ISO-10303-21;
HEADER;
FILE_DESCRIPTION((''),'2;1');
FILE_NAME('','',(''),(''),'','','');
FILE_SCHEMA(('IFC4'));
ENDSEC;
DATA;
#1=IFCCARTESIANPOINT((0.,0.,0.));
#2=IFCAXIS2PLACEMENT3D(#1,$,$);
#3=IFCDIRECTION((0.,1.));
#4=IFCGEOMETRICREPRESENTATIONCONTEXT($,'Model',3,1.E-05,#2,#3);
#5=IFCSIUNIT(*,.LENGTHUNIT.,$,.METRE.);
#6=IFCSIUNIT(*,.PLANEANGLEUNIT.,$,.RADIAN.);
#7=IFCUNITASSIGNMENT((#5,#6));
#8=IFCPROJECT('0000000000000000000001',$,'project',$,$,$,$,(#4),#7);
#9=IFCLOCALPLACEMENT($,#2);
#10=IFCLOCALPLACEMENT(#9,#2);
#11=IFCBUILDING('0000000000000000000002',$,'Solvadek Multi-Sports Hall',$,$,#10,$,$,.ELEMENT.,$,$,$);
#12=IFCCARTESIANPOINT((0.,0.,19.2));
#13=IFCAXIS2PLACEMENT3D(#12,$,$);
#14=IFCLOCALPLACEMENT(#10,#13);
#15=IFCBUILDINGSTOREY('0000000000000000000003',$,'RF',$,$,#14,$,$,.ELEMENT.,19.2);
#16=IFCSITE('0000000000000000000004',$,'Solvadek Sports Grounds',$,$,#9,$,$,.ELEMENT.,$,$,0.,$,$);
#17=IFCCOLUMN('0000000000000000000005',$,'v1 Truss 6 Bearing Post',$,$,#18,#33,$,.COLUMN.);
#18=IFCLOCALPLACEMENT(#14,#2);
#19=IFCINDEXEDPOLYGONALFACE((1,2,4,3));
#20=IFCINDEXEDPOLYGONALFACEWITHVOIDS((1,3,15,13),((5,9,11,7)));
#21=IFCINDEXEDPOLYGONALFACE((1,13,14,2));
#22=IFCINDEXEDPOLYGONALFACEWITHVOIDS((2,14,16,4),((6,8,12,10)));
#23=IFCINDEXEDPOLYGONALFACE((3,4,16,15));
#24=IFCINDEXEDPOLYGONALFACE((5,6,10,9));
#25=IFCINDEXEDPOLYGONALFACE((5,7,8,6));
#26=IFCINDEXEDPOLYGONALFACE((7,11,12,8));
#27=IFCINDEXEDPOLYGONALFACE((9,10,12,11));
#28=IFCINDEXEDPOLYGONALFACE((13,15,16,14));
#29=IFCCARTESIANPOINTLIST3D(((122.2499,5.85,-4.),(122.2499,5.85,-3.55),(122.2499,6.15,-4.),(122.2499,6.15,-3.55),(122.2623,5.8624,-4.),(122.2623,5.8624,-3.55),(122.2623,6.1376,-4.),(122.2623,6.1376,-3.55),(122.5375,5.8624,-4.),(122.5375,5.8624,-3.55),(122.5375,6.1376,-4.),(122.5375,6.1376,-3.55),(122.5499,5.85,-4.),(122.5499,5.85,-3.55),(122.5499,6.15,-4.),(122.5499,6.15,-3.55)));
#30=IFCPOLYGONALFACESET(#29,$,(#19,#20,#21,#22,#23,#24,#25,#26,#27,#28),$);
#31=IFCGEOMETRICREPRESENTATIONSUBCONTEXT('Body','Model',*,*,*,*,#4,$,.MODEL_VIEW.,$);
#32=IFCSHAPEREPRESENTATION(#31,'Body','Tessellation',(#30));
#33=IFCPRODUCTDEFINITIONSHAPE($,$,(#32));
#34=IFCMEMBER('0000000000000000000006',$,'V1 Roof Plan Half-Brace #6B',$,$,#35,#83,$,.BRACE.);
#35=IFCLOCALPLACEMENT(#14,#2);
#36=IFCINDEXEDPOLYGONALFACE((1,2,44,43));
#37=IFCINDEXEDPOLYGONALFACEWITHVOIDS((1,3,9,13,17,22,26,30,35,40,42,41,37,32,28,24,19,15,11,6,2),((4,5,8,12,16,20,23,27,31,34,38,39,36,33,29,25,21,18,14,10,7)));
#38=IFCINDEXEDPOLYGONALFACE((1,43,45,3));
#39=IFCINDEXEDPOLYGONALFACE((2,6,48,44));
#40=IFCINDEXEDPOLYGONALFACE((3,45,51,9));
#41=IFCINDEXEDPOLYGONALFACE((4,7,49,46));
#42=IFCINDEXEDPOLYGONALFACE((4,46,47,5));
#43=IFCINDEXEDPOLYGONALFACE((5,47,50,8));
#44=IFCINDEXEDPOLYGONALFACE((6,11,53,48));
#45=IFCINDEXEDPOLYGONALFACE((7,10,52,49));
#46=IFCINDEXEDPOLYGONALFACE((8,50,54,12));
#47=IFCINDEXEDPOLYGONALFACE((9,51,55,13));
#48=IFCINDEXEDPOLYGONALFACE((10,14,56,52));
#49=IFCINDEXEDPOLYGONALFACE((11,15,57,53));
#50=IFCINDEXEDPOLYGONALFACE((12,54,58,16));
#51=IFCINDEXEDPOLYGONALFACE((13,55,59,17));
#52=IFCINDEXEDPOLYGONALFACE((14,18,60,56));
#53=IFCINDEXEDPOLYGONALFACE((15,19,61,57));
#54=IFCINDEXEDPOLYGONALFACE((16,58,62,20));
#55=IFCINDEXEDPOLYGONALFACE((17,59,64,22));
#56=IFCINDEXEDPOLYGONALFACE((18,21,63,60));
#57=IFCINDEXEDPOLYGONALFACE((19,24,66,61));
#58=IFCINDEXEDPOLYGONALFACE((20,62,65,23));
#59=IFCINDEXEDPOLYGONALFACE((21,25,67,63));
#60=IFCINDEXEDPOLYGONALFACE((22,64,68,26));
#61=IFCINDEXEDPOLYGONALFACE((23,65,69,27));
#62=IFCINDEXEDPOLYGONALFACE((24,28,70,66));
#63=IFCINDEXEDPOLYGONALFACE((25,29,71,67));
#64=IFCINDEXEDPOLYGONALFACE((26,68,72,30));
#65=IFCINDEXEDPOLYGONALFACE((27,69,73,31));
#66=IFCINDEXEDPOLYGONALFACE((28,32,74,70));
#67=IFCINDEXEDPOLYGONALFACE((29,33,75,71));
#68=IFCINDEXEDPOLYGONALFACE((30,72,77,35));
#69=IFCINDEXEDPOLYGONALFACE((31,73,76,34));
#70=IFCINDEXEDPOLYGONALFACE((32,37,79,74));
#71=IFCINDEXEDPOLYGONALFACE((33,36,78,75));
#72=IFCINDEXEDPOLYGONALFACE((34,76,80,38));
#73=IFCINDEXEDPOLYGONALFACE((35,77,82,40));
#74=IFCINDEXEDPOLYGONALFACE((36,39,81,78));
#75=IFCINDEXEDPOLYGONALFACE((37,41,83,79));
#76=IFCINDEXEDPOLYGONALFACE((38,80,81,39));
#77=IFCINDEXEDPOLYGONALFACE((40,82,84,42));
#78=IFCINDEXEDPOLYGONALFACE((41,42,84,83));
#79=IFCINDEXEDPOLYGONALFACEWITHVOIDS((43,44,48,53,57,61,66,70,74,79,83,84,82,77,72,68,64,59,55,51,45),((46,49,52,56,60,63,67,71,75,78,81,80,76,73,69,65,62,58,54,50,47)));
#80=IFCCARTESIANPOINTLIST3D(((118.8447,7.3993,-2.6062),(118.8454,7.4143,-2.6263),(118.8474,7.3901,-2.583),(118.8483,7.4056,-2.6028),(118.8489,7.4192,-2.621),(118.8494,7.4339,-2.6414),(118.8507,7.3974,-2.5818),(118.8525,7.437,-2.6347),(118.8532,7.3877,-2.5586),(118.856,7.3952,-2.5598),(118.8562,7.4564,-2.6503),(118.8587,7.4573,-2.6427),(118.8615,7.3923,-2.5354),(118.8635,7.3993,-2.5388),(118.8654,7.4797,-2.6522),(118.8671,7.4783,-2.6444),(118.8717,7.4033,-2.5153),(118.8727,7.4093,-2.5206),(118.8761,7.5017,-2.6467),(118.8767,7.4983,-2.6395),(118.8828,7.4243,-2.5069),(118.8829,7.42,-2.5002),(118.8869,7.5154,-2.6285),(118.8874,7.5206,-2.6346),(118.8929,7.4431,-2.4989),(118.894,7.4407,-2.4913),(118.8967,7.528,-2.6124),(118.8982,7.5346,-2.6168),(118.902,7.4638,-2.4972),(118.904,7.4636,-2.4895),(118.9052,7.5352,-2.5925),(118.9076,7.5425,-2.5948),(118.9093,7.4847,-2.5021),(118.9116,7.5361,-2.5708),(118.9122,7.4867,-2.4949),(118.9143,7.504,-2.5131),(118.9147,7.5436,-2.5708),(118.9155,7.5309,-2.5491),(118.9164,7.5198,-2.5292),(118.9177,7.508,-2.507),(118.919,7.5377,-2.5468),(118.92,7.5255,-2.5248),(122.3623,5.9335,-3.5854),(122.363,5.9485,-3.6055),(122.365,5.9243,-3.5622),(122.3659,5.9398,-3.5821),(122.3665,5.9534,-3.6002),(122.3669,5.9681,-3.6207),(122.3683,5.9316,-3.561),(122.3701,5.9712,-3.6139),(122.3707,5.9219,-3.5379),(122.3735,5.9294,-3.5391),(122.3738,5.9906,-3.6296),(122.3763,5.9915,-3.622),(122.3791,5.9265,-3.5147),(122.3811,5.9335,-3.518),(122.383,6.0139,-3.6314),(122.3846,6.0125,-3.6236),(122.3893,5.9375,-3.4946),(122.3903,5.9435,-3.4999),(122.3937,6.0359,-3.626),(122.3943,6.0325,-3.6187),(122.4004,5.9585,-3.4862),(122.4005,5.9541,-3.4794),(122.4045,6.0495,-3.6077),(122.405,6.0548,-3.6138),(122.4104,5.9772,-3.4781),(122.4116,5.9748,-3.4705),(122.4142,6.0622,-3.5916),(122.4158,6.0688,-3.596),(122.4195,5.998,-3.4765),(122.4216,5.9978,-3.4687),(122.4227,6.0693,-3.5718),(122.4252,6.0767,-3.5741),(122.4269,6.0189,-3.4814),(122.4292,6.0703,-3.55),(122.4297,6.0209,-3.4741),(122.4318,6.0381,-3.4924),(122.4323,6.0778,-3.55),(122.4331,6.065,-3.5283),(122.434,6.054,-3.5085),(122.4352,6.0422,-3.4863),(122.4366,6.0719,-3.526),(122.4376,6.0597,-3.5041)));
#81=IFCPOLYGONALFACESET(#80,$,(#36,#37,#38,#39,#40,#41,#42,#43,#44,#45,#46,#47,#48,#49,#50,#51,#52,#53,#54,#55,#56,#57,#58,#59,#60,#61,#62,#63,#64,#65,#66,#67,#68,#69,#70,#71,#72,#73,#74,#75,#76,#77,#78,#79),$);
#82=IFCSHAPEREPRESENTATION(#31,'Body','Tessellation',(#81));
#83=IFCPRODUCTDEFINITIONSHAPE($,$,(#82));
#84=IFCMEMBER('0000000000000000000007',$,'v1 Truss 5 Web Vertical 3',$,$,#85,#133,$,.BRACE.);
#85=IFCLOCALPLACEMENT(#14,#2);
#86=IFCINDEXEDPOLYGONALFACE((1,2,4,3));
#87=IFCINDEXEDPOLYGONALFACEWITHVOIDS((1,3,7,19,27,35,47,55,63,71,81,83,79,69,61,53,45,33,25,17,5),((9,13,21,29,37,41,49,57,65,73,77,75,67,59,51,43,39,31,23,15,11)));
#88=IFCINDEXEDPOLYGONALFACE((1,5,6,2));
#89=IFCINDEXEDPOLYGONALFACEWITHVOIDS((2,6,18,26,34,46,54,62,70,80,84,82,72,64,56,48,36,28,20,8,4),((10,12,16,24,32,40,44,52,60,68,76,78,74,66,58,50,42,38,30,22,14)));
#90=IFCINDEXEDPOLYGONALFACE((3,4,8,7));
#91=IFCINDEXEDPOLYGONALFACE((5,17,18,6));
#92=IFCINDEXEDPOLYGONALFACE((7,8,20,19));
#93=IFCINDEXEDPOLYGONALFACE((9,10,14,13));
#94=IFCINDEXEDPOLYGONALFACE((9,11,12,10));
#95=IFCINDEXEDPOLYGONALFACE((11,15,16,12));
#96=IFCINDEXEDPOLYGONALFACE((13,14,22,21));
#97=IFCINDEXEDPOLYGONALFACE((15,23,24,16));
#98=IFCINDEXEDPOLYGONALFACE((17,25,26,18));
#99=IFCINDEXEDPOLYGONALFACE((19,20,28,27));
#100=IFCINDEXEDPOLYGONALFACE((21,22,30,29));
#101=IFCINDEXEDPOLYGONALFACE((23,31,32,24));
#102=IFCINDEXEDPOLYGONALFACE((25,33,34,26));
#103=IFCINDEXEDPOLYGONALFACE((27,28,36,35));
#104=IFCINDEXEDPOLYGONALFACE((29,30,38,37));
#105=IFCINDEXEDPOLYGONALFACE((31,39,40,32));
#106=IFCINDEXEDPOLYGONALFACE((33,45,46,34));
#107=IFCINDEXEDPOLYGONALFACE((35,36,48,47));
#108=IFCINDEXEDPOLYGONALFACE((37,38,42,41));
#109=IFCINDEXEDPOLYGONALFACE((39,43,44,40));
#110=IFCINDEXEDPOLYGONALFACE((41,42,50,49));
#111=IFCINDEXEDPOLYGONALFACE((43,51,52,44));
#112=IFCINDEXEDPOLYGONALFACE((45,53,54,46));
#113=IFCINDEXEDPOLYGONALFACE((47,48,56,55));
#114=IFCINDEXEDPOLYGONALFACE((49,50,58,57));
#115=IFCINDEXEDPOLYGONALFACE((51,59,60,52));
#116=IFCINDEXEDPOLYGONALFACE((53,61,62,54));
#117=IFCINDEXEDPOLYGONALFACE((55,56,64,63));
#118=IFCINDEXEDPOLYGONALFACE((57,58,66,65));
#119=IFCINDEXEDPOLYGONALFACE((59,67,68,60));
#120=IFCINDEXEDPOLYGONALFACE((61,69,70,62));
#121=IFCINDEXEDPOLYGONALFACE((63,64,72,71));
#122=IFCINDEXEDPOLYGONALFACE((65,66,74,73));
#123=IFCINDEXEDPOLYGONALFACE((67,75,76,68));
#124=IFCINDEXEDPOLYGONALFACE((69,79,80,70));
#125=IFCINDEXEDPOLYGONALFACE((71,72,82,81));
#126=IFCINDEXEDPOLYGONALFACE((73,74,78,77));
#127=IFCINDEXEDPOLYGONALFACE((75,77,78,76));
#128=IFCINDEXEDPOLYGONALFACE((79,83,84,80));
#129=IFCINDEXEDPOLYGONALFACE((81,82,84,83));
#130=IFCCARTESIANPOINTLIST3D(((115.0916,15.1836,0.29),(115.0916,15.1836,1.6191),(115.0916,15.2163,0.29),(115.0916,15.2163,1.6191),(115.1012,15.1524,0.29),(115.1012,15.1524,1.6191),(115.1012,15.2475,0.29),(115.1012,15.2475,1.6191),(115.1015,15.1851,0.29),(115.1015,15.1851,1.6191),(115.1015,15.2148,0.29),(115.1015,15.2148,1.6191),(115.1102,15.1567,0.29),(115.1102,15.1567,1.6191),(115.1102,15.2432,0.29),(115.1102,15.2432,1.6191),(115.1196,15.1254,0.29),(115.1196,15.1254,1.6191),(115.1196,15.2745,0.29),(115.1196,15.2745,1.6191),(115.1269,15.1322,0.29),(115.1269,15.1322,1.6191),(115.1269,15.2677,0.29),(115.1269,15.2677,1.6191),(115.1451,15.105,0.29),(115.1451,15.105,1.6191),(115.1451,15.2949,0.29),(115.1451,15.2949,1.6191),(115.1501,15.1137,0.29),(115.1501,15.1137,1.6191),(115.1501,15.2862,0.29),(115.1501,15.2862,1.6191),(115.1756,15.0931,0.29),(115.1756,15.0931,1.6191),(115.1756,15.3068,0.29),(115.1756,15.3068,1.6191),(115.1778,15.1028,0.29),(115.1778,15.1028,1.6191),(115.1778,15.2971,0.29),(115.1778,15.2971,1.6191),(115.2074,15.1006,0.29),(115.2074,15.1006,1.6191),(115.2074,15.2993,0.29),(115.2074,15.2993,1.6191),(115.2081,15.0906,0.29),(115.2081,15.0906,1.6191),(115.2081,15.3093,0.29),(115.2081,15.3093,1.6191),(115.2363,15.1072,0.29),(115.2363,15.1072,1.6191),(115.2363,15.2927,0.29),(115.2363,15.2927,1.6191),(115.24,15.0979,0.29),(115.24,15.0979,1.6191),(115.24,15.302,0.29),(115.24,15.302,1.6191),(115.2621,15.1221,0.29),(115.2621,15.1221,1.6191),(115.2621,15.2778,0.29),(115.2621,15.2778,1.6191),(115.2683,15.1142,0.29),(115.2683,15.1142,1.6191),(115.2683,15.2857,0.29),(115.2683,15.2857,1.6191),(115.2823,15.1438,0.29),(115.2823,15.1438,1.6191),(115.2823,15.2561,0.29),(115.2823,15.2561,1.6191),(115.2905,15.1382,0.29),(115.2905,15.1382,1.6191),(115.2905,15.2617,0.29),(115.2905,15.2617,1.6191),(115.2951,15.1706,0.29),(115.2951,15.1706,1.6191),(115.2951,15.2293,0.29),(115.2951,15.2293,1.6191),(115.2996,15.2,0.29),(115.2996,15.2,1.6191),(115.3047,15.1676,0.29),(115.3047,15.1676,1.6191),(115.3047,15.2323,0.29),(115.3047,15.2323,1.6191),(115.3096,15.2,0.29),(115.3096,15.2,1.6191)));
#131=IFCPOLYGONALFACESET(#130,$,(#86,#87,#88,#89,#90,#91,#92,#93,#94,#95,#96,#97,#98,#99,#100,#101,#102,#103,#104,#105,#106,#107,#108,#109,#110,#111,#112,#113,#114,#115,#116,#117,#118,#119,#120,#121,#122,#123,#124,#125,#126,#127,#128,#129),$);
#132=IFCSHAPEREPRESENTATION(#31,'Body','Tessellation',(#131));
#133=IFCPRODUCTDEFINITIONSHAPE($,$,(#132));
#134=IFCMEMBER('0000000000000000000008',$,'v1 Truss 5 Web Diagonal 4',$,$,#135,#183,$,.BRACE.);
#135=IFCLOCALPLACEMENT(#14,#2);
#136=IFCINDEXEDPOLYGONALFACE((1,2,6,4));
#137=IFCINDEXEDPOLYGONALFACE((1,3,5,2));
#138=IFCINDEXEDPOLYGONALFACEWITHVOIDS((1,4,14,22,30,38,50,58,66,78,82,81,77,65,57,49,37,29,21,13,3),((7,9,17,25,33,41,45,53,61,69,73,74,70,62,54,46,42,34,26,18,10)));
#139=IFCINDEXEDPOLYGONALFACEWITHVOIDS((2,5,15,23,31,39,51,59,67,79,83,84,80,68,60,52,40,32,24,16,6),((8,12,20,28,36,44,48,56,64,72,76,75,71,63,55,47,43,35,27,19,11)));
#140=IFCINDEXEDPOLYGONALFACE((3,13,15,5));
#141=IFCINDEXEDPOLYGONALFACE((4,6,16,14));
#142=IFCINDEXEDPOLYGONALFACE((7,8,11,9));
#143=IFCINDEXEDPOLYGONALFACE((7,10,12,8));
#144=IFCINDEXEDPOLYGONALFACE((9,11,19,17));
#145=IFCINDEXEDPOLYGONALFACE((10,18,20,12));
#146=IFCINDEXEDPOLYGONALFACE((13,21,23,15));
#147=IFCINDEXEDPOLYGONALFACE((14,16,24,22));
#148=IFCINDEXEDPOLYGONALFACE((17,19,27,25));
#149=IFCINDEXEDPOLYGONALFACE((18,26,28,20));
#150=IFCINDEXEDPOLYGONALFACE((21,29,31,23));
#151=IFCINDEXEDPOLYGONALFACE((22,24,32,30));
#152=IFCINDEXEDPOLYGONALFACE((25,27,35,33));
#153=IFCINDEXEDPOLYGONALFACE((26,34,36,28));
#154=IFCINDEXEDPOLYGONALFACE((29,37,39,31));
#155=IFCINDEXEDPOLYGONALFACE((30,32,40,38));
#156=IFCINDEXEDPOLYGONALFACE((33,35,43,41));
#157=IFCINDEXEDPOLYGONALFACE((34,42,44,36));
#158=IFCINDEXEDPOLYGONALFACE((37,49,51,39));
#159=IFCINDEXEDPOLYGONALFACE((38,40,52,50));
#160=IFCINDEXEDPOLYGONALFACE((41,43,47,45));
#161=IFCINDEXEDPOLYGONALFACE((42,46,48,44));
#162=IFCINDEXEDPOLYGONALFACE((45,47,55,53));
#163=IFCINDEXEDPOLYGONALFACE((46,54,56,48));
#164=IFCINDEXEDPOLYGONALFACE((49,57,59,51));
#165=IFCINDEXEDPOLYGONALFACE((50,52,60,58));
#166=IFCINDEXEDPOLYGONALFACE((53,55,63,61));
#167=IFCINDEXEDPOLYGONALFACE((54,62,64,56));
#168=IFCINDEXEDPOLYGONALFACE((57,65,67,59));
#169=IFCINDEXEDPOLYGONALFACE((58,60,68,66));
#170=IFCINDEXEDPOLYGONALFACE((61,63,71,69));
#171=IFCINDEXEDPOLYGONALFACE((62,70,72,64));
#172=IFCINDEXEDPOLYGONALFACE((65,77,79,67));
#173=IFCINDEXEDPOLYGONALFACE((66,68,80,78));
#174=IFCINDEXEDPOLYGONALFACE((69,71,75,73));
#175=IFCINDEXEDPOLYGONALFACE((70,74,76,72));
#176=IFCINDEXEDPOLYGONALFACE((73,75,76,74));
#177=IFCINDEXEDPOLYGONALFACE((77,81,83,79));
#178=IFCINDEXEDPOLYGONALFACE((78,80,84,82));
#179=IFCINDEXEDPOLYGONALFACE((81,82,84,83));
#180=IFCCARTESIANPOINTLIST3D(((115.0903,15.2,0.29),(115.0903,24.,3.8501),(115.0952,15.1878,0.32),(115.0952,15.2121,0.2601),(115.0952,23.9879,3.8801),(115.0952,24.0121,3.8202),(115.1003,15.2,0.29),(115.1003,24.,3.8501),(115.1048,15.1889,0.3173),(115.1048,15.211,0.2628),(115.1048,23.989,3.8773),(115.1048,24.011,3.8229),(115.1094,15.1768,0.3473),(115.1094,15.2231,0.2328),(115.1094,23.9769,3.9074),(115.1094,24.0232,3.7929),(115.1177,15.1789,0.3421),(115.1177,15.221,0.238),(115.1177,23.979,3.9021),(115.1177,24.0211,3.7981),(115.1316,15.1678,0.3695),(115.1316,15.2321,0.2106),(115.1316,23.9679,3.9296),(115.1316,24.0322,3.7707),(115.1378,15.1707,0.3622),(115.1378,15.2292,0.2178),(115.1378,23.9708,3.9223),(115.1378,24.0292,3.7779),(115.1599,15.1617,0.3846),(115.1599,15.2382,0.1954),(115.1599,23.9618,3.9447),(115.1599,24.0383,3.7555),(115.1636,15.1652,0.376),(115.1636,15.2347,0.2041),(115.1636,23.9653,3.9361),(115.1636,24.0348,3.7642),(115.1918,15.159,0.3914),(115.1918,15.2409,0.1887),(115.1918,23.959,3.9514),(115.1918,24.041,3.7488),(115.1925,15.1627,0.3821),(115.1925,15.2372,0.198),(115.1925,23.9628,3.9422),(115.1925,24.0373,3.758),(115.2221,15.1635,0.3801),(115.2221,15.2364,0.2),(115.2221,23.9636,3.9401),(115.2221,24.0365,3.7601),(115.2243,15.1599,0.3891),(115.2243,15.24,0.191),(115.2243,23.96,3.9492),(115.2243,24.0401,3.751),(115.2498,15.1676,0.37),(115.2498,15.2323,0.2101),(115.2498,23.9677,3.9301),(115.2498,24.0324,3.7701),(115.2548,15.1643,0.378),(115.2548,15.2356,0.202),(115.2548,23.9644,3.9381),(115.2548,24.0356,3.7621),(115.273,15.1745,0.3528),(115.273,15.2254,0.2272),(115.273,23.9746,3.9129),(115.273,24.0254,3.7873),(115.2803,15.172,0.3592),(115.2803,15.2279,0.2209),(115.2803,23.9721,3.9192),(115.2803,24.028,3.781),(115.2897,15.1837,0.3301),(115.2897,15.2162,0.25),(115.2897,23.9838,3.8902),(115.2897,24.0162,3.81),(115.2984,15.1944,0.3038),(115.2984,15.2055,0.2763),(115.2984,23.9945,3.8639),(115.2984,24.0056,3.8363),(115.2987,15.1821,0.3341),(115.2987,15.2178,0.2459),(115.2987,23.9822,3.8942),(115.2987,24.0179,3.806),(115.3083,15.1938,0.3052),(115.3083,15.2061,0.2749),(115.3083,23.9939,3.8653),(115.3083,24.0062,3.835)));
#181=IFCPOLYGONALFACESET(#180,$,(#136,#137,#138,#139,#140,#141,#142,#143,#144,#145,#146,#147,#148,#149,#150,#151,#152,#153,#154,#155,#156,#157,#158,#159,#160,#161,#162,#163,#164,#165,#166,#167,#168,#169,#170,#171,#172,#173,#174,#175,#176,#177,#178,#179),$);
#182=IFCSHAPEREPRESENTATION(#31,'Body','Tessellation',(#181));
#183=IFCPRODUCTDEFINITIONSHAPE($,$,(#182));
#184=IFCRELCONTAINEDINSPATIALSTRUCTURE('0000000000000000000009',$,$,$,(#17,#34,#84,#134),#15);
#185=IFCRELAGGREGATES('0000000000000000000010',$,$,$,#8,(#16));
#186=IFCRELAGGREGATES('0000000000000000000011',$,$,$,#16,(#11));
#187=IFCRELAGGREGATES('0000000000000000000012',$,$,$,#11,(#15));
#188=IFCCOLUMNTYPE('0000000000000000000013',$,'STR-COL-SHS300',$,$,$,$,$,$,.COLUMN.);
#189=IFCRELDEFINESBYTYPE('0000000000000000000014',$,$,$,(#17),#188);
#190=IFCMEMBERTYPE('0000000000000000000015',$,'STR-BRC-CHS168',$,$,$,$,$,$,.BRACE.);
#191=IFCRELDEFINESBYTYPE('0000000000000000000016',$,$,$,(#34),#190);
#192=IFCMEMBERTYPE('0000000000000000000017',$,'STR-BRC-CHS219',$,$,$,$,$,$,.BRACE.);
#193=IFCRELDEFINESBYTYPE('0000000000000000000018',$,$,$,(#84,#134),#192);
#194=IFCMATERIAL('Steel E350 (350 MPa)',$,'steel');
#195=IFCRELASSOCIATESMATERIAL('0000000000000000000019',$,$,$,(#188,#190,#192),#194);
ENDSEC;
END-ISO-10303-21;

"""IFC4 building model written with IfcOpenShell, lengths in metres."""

from ifc_helpers import new_model, si_unit, direction, frame, origin, origin_2d, place, context, subcontext, project, spatial, hollow_rectangle, hollow_circle, extrude, material, material_profile, profile_set, type_object, element, save


model = new_model("IFC4")

# Units and contexts
model_context = context("Model", 3, precision=1e-05, world=origin(), true_north=direction((0.0, 1.0)))
body_context = subcontext(model_context, "Body", "Model", "MODEL_VIEW")
ifc_project = project(units=[si_unit("LENGTHUNIT", "METRE"), si_unit("PLANEANGLEUNIT", "RADIAN")], contexts=[model_context])

# Site, building, storey
site_placement = place(None, origin())
site = spatial("IfcSite", under=ifc_project, at=site_placement, Name="Solvadek Sports Grounds", CompositionType="ELEMENT", RefElevation=0.0)
building_placement = place(site_placement, origin())
building = spatial("IfcBuilding", under=site, at=building_placement, Name="Solvadek Multi-Sports Hall", CompositionType="ELEMENT")
storey_placement = place(building_placement, frame((0.0, 0.0, 19.2)))
storey = spatial("IfcBuildingStorey", under=building, at=storey_placement, Name="RF", CompositionType="ELEMENT", Elevation=19.2)

# Column
ifc_material_1 = material(Name="Steel E350 (350 MPa)", Category="steel")
ifc_material_profile_1 = material_profile(ifc_material_1, hollow_rectangle(XDim=0.3, YDim=0.3, WallThickness=0.0125, at=origin_2d()), Name="SHS 300x300x12.5")
ifc_profile_set_1 = profile_set([ifc_material_profile_1], Name="Steel E350 (350 MPa)")
column_type = type_object("IfcColumnType", Name="STR-COL-SHS300", PredefinedType="COLUMN", material=ifc_profile_set_1)
column_placement = place(storey_placement, frame((122.3999, 6.0, -4.0), z_axis=(0.0, 0.0, 1.0), x_axis=(1.0, 0.0, 0.0)))
element("IfcColumn", 1, at=column_placement, inside=storey, type_object=column_type, Name="v1 Truss 6 Bearing Post", PredefinedType="COLUMN", context=body_context, shape_type="SweptSolid", body=[
    extrude(hollow_rectangle(XDim=0.3, YDim=0.3, WallThickness=0.0125, at=origin_2d()), origin(), (0.0, 0.0, 1.0), 0.45),
])

# Members
ifc_material_profile_2 = material_profile(ifc_material_1, hollow_circle(Radius=0.0842, WallThickness=0.0081, at=origin_2d()), Name="CHS 168.3x8")
ifc_profile_set_2 = profile_set([ifc_material_profile_2], Name="Steel E350 (350 MPa)")
member_type_1 = type_object("IfcMemberType", Name="STR-BRC-CHS168", PredefinedType="BRACE", material=ifc_profile_set_2)
member_1_placement = place(storey_placement, frame((118.8823, 7.4658, -2.5708), z_axis=(0.894016, -0.372548, -0.248883), x_axis=(0.384652, 0.923062, 0.0)))
element("IfcMember", 2, at=member_1_placement, inside=storey, type_object=member_type_1, Name="V1 Roof Plan Half-Brace #6B", PredefinedType="BRACE", context=body_context, shape_type="SweptSolid", body=[
    extrude(hollow_circle(Radius=0.0842, WallThickness=0.0081, at=origin_2d()), origin(), (0.0, 0.0, 1.0), 3.9346),
])
ifc_material_profile_3 = material_profile(ifc_material_1, hollow_circle(Radius=0.1096, WallThickness=0.01, at=origin_2d()), Name="CHS 219.1x10")
ifc_profile_set_3 = profile_set([ifc_material_profile_3], Name="Steel E350 (350 MPa)")
member_type_2 = type_object("IfcMemberType", Name="STR-BRC-CHS219", PredefinedType="BRACE", material=ifc_profile_set_3)
member_2_placement = place(storey_placement, frame((115.2, 15.2, 0.29), z_axis=(0.0, 0.0, 1.0), x_axis=(1.0, 0.0, 0.0)))
element("IfcMember", 3, at=member_2_placement, inside=storey, type_object=member_type_2, Name="v1 Truss 5 Web Vertical 3", PredefinedType="BRACE", context=body_context, shape_type="SweptSolid", body=[
    extrude(hollow_circle(Radius=0.1096, WallThickness=0.01, at=origin_2d()), origin(), (0.0, 0.0, 1.0), 1.3291),
])
member_3_placement = place(storey_placement, frame((115.2, 15.2, 0.29), z_axis=(0.0, 0.927015, 0.375024), x_axis=(-1.0, 0.0, 0.0)))
element("IfcMember", 4, at=member_3_placement, inside=storey, type_object=member_type_2, Name="v1 Truss 5 Web Diagonal 4", PredefinedType="BRACE", context=body_context, shape_type="SweptSolid", body=[
    extrude(hollow_circle(Radius=0.1096, WallThickness=0.01, at=origin_2d()), origin(), (0.0, 0.0, 1.0), 9.4929),
])

save(model, "model.ifc")
